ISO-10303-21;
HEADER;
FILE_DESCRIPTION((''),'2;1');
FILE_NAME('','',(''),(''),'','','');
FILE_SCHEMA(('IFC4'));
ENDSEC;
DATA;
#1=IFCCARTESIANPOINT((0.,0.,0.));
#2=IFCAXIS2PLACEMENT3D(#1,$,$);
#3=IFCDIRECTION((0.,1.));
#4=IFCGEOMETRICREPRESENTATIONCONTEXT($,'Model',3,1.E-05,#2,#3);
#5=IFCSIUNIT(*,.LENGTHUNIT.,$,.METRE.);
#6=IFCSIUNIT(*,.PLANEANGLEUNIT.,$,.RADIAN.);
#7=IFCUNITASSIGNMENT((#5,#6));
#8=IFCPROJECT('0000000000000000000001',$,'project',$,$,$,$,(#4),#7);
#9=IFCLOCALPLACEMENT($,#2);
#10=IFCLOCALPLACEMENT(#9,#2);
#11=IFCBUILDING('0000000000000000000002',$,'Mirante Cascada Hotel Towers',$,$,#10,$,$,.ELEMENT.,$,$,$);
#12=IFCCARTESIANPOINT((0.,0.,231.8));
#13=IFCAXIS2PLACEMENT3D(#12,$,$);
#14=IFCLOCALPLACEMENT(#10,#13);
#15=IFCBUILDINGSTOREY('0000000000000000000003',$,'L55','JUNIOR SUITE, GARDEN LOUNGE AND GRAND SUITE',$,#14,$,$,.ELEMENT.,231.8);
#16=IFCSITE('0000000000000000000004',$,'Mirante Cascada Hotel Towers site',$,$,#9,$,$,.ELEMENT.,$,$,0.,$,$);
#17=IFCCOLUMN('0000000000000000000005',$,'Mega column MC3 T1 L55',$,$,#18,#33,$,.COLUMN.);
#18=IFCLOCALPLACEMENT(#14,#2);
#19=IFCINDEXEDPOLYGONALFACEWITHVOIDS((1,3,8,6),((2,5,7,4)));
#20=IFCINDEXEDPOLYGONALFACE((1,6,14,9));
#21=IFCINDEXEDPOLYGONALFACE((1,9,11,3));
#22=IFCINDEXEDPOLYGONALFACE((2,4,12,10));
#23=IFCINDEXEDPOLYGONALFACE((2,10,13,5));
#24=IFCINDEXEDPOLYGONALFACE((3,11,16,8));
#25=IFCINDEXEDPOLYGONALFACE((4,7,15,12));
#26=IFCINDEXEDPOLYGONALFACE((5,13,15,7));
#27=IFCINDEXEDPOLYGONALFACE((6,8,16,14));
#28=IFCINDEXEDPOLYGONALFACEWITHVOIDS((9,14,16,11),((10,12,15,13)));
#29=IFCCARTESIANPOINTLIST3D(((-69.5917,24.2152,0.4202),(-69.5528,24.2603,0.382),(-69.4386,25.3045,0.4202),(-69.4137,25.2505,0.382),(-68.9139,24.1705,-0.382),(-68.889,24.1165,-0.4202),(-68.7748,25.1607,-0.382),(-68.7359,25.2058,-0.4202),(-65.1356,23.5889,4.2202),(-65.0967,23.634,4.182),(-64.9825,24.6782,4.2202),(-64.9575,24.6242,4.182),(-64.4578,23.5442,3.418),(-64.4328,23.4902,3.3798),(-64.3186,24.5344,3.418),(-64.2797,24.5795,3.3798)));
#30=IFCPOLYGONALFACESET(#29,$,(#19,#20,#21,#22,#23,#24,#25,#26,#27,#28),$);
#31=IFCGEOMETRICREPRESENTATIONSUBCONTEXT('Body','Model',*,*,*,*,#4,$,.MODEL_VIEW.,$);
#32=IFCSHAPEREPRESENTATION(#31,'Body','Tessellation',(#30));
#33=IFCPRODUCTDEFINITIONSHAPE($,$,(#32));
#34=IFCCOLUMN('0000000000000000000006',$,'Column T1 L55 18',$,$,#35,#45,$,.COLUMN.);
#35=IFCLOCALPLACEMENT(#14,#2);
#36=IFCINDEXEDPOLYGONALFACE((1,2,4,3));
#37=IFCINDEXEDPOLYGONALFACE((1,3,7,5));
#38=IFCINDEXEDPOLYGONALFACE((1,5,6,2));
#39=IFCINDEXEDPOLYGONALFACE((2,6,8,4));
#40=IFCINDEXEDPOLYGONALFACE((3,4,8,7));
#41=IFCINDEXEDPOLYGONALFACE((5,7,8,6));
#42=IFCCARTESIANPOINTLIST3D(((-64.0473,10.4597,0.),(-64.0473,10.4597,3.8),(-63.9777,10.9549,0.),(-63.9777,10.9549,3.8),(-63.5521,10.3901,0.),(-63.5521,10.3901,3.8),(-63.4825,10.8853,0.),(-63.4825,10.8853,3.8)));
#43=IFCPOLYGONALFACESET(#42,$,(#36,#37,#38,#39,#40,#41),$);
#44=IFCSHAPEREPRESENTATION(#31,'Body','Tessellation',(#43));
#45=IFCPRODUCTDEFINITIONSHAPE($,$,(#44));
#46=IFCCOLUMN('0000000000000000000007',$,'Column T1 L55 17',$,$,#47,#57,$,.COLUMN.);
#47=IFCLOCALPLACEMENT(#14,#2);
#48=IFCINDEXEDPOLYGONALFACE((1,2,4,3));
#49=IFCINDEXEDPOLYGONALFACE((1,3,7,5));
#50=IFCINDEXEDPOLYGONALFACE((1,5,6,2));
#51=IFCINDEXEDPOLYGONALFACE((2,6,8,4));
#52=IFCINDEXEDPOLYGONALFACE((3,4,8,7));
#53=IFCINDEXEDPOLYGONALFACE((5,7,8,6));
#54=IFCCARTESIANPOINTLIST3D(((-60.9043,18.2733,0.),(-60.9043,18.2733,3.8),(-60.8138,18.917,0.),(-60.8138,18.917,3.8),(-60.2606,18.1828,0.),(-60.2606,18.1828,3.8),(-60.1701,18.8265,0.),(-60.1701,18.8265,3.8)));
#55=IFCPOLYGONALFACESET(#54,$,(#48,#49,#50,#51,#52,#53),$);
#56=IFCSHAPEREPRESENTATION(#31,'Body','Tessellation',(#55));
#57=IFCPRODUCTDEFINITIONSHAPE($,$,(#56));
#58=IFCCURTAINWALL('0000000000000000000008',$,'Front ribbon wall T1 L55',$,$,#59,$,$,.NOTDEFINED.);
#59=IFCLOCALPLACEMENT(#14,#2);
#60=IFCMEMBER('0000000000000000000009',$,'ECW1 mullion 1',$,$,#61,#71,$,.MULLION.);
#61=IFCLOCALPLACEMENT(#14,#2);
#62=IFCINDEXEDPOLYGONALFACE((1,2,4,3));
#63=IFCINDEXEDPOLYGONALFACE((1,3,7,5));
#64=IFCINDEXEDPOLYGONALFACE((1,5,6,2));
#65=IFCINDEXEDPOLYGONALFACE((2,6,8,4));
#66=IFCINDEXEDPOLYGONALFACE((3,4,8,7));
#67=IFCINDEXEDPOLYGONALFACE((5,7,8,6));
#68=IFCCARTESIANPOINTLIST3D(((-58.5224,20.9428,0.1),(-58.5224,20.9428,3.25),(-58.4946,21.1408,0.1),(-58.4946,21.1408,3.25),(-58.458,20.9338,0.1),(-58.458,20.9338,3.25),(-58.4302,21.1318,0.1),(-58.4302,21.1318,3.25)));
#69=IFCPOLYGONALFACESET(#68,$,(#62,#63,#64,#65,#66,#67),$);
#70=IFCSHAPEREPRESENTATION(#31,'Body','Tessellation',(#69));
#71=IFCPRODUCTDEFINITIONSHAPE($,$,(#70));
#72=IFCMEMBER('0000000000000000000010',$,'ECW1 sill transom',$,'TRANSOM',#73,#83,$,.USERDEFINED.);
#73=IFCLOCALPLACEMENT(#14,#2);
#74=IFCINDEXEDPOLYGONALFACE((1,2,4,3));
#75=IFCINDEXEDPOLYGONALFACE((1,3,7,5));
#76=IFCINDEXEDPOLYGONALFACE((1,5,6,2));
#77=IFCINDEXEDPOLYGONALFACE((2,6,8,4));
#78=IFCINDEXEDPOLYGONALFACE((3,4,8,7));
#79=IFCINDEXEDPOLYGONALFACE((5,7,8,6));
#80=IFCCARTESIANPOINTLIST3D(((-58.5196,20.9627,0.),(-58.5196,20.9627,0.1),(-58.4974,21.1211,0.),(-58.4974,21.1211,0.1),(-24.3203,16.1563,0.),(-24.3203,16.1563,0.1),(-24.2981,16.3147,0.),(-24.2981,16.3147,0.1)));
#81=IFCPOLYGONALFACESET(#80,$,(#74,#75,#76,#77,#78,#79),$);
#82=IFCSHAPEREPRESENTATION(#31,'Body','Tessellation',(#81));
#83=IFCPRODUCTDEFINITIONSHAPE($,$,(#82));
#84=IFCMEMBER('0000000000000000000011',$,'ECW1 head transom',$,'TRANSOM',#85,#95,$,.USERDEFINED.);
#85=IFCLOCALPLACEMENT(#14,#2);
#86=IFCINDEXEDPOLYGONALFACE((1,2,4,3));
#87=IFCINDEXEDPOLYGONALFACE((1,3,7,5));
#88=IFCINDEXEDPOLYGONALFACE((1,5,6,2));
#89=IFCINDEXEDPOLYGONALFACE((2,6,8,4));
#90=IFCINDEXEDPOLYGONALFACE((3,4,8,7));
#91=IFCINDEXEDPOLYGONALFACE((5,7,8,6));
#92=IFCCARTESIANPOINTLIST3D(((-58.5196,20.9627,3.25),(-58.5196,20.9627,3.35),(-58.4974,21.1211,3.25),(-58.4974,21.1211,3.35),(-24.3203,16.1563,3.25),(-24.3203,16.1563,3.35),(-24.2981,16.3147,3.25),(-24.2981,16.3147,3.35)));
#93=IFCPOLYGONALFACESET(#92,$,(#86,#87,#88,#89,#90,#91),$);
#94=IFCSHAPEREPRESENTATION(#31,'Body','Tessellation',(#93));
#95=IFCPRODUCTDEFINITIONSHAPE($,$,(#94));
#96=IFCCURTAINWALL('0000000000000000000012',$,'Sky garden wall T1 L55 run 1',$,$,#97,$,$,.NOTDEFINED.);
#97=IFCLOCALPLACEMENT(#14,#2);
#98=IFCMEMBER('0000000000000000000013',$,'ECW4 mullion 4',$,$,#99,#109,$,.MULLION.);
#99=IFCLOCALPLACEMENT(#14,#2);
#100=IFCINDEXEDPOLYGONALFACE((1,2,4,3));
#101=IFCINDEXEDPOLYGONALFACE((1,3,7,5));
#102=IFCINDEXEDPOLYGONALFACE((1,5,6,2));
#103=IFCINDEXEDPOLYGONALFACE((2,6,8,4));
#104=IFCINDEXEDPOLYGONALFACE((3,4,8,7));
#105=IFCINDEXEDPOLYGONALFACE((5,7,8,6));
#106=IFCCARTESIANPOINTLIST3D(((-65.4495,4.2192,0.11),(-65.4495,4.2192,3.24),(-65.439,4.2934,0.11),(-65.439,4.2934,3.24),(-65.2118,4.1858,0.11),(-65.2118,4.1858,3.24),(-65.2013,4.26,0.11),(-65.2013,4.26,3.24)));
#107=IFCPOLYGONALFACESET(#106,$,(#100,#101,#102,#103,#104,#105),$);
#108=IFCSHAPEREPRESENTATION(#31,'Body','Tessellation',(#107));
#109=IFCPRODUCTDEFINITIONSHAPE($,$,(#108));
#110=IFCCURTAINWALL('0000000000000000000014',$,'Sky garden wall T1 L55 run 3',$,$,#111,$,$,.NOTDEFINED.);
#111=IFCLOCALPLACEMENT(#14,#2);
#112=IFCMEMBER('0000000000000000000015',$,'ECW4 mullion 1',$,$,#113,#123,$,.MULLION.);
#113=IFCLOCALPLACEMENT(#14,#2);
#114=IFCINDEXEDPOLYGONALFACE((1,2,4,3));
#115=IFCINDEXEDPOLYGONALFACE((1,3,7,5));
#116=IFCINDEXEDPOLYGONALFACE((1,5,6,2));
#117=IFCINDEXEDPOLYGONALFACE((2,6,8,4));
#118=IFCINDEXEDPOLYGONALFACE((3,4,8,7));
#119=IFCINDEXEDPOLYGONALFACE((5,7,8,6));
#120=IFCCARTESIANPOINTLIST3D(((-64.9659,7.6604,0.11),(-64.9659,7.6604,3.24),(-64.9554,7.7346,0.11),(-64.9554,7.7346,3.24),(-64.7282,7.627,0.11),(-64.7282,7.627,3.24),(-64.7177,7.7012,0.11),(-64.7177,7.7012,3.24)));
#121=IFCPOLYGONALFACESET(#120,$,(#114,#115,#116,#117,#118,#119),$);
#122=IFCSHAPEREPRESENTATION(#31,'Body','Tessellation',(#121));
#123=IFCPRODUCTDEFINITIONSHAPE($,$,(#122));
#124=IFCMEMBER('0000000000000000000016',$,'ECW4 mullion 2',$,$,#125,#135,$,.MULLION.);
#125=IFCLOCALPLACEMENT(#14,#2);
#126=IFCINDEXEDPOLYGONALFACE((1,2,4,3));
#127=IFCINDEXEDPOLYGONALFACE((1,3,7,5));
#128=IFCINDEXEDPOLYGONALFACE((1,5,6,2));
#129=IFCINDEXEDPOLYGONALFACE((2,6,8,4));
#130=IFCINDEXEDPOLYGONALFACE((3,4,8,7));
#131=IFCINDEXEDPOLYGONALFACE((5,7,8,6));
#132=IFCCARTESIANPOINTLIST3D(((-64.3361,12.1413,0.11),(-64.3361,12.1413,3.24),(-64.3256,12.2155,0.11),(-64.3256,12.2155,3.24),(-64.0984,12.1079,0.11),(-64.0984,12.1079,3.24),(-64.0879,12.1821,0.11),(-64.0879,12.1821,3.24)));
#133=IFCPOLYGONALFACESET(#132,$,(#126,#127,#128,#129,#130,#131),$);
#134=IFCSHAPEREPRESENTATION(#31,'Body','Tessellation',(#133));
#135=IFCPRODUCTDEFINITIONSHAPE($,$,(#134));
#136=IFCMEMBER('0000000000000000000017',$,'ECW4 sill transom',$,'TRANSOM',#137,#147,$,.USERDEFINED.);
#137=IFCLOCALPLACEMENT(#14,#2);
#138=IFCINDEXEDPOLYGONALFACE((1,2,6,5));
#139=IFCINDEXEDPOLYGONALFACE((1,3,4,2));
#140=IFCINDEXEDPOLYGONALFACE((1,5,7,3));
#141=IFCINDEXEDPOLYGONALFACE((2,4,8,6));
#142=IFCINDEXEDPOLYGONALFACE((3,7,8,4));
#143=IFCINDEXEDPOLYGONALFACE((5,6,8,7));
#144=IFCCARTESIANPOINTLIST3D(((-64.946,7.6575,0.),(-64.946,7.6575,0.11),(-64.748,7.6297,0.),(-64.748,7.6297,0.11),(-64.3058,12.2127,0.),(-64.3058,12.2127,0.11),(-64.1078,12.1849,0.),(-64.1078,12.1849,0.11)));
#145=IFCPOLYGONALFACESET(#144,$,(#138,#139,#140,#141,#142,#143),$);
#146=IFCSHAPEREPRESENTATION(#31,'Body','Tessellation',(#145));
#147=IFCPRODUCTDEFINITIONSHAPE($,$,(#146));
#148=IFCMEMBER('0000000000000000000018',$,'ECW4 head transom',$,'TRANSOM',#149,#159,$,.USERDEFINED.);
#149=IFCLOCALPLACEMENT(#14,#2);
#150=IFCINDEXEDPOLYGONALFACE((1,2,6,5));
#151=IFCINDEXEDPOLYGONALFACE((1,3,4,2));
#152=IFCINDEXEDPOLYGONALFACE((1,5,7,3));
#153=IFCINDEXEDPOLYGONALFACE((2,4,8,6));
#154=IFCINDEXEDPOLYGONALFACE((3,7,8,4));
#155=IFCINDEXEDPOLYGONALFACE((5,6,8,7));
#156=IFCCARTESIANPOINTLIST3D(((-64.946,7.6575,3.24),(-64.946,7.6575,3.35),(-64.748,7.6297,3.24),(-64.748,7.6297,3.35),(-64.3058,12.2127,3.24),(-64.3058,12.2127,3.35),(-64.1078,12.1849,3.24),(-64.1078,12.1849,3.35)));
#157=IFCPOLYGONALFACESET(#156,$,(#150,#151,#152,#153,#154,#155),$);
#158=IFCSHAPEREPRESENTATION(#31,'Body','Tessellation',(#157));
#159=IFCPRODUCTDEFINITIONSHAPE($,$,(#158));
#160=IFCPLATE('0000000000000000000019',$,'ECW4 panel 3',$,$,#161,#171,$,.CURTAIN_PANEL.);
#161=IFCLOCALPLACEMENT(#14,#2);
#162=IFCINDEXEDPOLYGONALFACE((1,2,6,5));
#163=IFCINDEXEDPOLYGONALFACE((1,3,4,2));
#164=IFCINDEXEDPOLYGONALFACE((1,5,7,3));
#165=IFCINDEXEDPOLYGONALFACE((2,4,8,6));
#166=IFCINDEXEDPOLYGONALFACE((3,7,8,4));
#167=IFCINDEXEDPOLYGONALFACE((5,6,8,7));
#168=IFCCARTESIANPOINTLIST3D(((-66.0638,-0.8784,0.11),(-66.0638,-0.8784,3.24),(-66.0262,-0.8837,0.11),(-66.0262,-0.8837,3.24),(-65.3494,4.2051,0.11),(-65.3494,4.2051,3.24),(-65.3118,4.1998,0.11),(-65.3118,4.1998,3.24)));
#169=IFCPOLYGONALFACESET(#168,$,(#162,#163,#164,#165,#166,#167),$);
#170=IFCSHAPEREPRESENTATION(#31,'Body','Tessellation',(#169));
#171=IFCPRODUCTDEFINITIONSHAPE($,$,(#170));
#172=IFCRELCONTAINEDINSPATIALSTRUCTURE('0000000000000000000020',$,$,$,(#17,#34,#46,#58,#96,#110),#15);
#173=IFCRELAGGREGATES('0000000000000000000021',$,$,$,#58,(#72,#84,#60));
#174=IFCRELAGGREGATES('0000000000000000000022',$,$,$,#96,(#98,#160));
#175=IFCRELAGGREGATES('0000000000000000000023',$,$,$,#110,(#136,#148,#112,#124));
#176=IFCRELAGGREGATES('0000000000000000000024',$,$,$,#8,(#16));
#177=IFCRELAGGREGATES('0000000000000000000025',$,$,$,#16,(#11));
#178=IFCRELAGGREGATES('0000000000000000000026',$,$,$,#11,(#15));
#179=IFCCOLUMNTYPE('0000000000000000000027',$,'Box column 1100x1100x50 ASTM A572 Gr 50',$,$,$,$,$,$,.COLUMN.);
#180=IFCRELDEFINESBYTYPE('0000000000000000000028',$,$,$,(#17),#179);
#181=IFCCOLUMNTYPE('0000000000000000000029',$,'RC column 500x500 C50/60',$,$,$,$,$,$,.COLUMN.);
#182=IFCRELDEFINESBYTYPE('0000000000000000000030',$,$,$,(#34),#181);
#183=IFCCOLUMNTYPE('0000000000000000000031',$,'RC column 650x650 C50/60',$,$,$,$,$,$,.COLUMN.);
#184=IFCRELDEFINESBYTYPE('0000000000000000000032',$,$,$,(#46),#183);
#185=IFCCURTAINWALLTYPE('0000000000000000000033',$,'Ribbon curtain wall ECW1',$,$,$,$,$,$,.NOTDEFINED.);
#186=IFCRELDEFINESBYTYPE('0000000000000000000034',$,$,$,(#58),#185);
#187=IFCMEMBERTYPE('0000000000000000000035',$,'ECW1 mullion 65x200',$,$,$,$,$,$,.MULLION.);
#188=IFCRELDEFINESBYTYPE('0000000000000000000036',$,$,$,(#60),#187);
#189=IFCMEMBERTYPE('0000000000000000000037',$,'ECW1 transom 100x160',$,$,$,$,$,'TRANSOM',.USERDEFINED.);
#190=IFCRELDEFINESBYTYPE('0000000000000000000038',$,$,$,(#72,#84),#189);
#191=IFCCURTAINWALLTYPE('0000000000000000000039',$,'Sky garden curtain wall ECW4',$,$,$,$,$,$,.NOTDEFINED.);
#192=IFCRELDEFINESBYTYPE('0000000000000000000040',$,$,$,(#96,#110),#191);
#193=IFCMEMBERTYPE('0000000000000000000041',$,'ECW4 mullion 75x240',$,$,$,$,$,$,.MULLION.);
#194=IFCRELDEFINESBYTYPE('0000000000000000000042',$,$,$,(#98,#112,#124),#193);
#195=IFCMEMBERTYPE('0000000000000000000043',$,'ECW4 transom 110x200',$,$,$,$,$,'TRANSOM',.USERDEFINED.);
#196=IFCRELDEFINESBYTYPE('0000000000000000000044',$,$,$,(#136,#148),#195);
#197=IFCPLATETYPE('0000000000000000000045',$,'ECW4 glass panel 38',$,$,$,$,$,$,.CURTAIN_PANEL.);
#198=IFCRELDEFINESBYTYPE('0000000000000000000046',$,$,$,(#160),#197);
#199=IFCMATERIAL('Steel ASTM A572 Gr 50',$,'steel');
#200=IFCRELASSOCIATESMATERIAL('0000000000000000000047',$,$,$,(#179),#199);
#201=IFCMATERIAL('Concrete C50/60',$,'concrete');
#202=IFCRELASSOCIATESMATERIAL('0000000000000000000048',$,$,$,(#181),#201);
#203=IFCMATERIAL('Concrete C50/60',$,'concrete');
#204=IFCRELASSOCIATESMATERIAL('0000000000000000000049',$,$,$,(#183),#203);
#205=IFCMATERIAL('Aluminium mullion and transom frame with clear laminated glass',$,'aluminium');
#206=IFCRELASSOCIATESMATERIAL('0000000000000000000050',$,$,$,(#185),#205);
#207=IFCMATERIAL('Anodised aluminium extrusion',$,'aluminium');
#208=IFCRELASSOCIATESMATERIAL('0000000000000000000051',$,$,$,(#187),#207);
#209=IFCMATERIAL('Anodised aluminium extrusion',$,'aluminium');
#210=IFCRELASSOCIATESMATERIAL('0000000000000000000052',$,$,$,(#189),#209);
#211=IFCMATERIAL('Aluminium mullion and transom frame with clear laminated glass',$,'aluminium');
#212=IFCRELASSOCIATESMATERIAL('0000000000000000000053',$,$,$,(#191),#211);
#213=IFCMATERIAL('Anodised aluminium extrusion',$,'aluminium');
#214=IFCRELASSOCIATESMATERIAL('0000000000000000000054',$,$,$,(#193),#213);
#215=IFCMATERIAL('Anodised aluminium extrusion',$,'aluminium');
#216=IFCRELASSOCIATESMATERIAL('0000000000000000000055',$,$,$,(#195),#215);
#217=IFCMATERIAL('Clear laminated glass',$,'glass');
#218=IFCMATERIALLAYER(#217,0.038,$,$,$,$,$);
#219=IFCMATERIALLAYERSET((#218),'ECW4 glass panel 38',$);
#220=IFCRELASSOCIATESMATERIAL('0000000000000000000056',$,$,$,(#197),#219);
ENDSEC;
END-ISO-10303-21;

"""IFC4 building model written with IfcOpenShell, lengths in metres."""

from ifc_helpers import new_model, si_unit, direction, frame, origin, origin_2d, place, context, subcontext, project, spatial, rectangle, hollow_rectangle, extrude, material, layer, layer_set, material_profile, profile_set, type_object, element, aggregate, save


model = new_model("IFC4")

# Units and contexts
model_context = context("Model", 3, precision=1e-05, world=origin(), true_north=direction((0.0, 1.0)))
body_context = subcontext(model_context, "Body", "Model", "MODEL_VIEW")
ifc_project = project(units=[si_unit("LENGTHUNIT", "METRE"), si_unit("PLANEANGLEUNIT", "RADIAN")], contexts=[model_context])

# Site, building, storey
site_placement = place(None, origin())
site = spatial("IfcSite", under=ifc_project, at=site_placement, Name="Mirante Cascada Hotel Towers site", CompositionType="ELEMENT", RefElevation=0.0)
building_placement = place(site_placement, origin())
building = spatial("IfcBuilding", under=site, at=building_placement, Name="Mirante Cascada Hotel Towers", CompositionType="ELEMENT")
storey_placement = place(building_placement, frame((0.0, 0.0, 231.8)))
storey = spatial("IfcBuildingStorey", under=building, at=storey_placement, Name="L55", Description="JUNIOR SUITE, GARDEN LOUNGE AND GRAND SUITE", CompositionType="ELEMENT", Elevation=231.8)

# Columns
ifc_material_1 = material(Name="Steel ASTM A572 Gr 50", Category="steel")
ifc_material_profile_1 = material_profile(ifc_material_1, hollow_rectangle(XDim=1.1, YDim=1.1, WallThickness=0.05, at=origin_2d()), Name="Box column 1100x1100x50 ASTM A572 Gr 50")
ifc_profile_set_1 = profile_set([ifc_material_profile_1], Name="Steel ASTM A572 Gr 50")
column_type_1 = type_object("IfcColumnType", Name="Box column 1100x1100x50 ASTM A572 Gr 50", PredefinedType="COLUMN", material=ifc_profile_set_1)
column_1_placement = place(storey_placement, frame((-69.1638, 24.7105, 0.0), z_axis=(0.756594, -0.106336, 0.645181), x_axis=(0.139178, 0.990267, 0.0)))
element("IfcColumn", 1, at=column_1_placement, inside=storey, type_object=column_type_1, Name="Mega column MC3 T1 L55", PredefinedType="COLUMN", context=body_context, shape_type="SweptSolid", body=[
    extrude(hollow_rectangle(XDim=1.1, YDim=1.1, WallThickness=0.05, at=origin_2d()), origin(), (0.0, 0.0, 1.0), 5.8898),
])
ifc_material_2 = material(Name="Concrete C50/60", Category="concrete")
ifc_material_profile_2 = material_profile(ifc_material_2, rectangle(XDim=0.5, YDim=0.5, at=origin_2d()), Name="RC column 500x500 C50/60")
ifc_profile_set_2 = profile_set([ifc_material_profile_2], Name="Concrete C50/60")
column_type_2 = type_object("IfcColumnType", Name="RC column 500x500 C50/60", PredefinedType="COLUMN", material=ifc_profile_set_2)
column_2_placement = place(storey_placement, frame((-63.7649, 10.6725, 0.0), z_axis=(0.0, 0.0, 1.0), x_axis=(-0.990268, 0.139173, 0.0)))
element("IfcColumn", 2, at=column_2_placement, inside=storey, type_object=column_type_2, Name="Column T1 L55 18", PredefinedType="COLUMN", context=body_context, shape_type="SweptSolid", body=[
    extrude(rectangle(XDim=0.5, YDim=0.5, at=origin_2d()), origin(), (0.0, 0.0, 1.0), 3.8),
])
ifc_material_3 = material(Name="Concrete C50/60", Category="concrete")
ifc_material_profile_3 = material_profile(ifc_material_3, rectangle(XDim=0.65, YDim=0.65, at=origin_2d()), Name="RC column 650x650 C50/60")
ifc_profile_set_3 = profile_set([ifc_material_profile_3], Name="Concrete C50/60")
column_type_3 = type_object("IfcColumnType", Name="RC column 650x650 C50/60", PredefinedType="COLUMN", material=ifc_profile_set_3)
column_3_placement = place(storey_placement, frame((-60.5372, 18.5499, 0.0), z_axis=(0.0, 0.0, 1.0), x_axis=(-0.990268, 0.139173, 0.0)))
element("IfcColumn", 3, at=column_3_placement, inside=storey, type_object=column_type_3, Name="Column T1 L55 17", PredefinedType="COLUMN", context=body_context, shape_type="SweptSolid", body=[
    extrude(rectangle(XDim=0.65, YDim=0.65, at=origin_2d()), origin(), (0.0, 0.0, 1.0), 3.8),
])

# Curtain wall, members
ifc_material_4 = material(Name="Aluminium mullion and transom frame with clear laminated glass", Category="aluminium")
curtain_wall_type_1 = type_object("IfcCurtainWallType", Name="Ribbon curtain wall ECW1", PredefinedType="NOTDEFINED", material=ifc_material_4)
curtain_wall_1_placement = place(storey_placement, origin())
curtain_wall_1 = element("IfcCurtainWall", 4, at=curtain_wall_1_placement, inside=storey, type_object=curtain_wall_type_1, Name="Front ribbon wall T1 L55", PredefinedType="NOTDEFINED")
ifc_material_5 = material(Name="Anodised aluminium extrusion", Category="aluminium")
ifc_material_profile_4 = material_profile(ifc_material_5, rectangle(XDim=0.2, YDim=0.065, at=origin_2d()), Name="ECW1 MULLION 65x200")
ifc_profile_set_4 = profile_set([ifc_material_profile_4], Name="Anodised aluminium extrusion")
member_type_1 = type_object("IfcMemberType", Name="ECW1 mullion 65x200", PredefinedType="MULLION", material=ifc_profile_set_4)
member_1_placement = place(storey_placement, frame((-58.4763, 21.0373, 0.1), z_axis=(0.0, 0.0, 1.0), x_axis=(0.139173, 0.990268, 0.0)))
member_1 = element("IfcMember", 5, at=member_1_placement, type_object=member_type_1, Name="ECW1 mullion 1", PredefinedType="MULLION", context=body_context, shape_type="SweptSolid", body=[
    extrude(rectangle(XDim=0.2, YDim=0.065, at=origin_2d()), origin(), (0.0, 0.0, 1.0), 3.15),
])
ifc_material_6 = material(Name="Anodised aluminium extrusion", Category="aluminium")
ifc_material_profile_5 = material_profile(ifc_material_6, rectangle(XDim=0.16, YDim=0.1, at=origin_2d()), Name="ECW1 TRANSOM 100x160")
ifc_profile_set_5 = profile_set([ifc_material_profile_5], Name="Anodised aluminium extrusion")
member_type_2 = type_object("IfcMemberType", Name="ECW1 transom 100x160", ElementType="TRANSOM", PredefinedType="USERDEFINED", material=ifc_profile_set_5)
member_2_placement = place(storey_placement, frame((-58.5085, 21.0419, 0.05), z_axis=(0.990268, -0.139173, 0.0), x_axis=(0.139173, 0.990268, 0.0)))
member_2 = element("IfcMember", 6, at=member_2_placement, type_object=member_type_2, Name="ECW1 sill transom", ObjectType="TRANSOM", PredefinedType="USERDEFINED", context=body_context, shape_type="SweptSolid", body=[
    extrude(rectangle(XDim=0.16, YDim=0.1, at=origin_2d()), origin(), (0.0, 0.0, 1.0), 34.5354),
])
member_3_placement = place(storey_placement, frame((-58.5085, 21.0419, 3.3), z_axis=(0.990268, -0.139173, 0.0), x_axis=(0.139173, 0.990268, 0.0)))
member_3 = element("IfcMember", 7, at=member_3_placement, type_object=member_type_2, Name="ECW1 head transom", ObjectType="TRANSOM", PredefinedType="USERDEFINED", context=body_context, shape_type="SweptSolid", body=[
    extrude(rectangle(XDim=0.16, YDim=0.1, at=origin_2d()), origin(), (0.0, 0.0, 1.0), 34.5354),
])
aggregate(curtain_wall_1, [member_2, member_3, member_1])

# Curtain wall, member
ifc_material_7 = material(Name="Aluminium mullion and transom frame with clear laminated glass", Category="aluminium")
curtain_wall_type_2 = type_object("IfcCurtainWallType", Name="Sky garden curtain wall ECW4", PredefinedType="NOTDEFINED", material=ifc_material_7)
curtain_wall_2_placement = place(storey_placement, origin())
curtain_wall_2 = element("IfcCurtainWall", 8, at=curtain_wall_2_placement, inside=storey, type_object=curtain_wall_type_2, Name="Sky garden wall T1 L55 run 1", PredefinedType="NOTDEFINED")
ifc_material_8 = material(Name="Anodised aluminium extrusion", Category="aluminium")
ifc_material_profile_6 = material_profile(ifc_material_8, rectangle(XDim=0.24, YDim=0.075, at=origin_2d()), Name="ECW4 MULLION 75x240")
ifc_profile_set_6 = profile_set([ifc_material_profile_6], Name="Anodised aluminium extrusion")
member_type_3 = type_object("IfcMemberType", Name="ECW4 mullion 75x240", PredefinedType="MULLION", material=ifc_profile_set_6)
member_4_placement = place(storey_placement, frame((-65.3254, 4.2396, 0.11), z_axis=(0.0, 0.0, 1.0), x_axis=(-0.990268, 0.139173, 0.0)))
member_4 = element("IfcMember", 9, at=member_4_placement, type_object=member_type_3, Name="ECW4 mullion 4", PredefinedType="MULLION", context=body_context, shape_type="SweptSolid", body=[
    extrude(rectangle(XDim=0.24, YDim=0.075, at=origin_2d()), origin(), (0.0, 0.0, 1.0), 3.13),
])

# Curtain wall, members
curtain_wall_3_placement = place(storey_placement, origin())
curtain_wall_3 = element("IfcCurtainWall", 10, at=curtain_wall_3_placement, inside=storey, type_object=curtain_wall_type_2, Name="Sky garden wall T1 L55 run 3", PredefinedType="NOTDEFINED")
member_5_placement = place(storey_placement, frame((-64.8418, 7.6808, 0.11), z_axis=(0.0, 0.0, 1.0), x_axis=(-0.990268, 0.139173, 0.0)))
member_5 = element("IfcMember", 11, at=member_5_placement, type_object=member_type_3, Name="ECW4 mullion 1", PredefinedType="MULLION", context=body_context, shape_type="SweptSolid", body=[
    extrude(rectangle(XDim=0.24, YDim=0.075, at=origin_2d()), origin(), (0.0, 0.0, 1.0), 3.13),
])
member_6_placement = place(storey_placement, frame((-64.212, 12.1617, 0.11), z_axis=(0.0, 0.0, 1.0), x_axis=(-0.990268, 0.139173, 0.0)))
member_6 = element("IfcMember", 12, at=member_6_placement, type_object=member_type_3, Name="ECW4 mullion 2", PredefinedType="MULLION", context=body_context, shape_type="SweptSolid", body=[
    extrude(rectangle(XDim=0.24, YDim=0.075, at=origin_2d()), origin(), (0.0, 0.0, 1.0), 3.13),
])
ifc_material_9 = material(Name="Anodised aluminium extrusion", Category="aluminium")
ifc_material_profile_7 = material_profile(ifc_material_9, rectangle(XDim=0.2, YDim=0.11, at=origin_2d()), Name="ECW4 TRANSOM 110x200")
ifc_profile_set_7 = profile_set([ifc_material_profile_7], Name="Anodised aluminium extrusion")
member_type_4 = type_object("IfcMemberType", Name="ECW4 transom 110x200", ElementType="TRANSOM", PredefinedType="USERDEFINED", material=ifc_profile_set_7)
member_7_placement = place(storey_placement, frame((-64.847, 7.6436, 0.055), z_axis=(0.139175, 0.990268, 0.0), x_axis=(-0.990268, 0.139175, 0.0)))
member_7 = element("IfcMember", 13, at=member_7_placement, type_object=member_type_4, Name="ECW4 sill transom", ObjectType="TRANSOM", PredefinedType="USERDEFINED", context=body_context, shape_type="SweptSolid", body=[
    extrude(rectangle(XDim=0.2, YDim=0.11, at=origin_2d()), origin(), (0.0, 0.0, 1.0), 4.6),
])
member_8_placement = place(storey_placement, frame((-64.847, 7.6436, 3.295), z_axis=(0.139175, 0.990268, 0.0), x_axis=(-0.990268, 0.139175, 0.0)))
member_8 = element("IfcMember", 14, at=member_8_placement, type_object=member_type_4, Name="ECW4 head transom", ObjectType="TRANSOM", PredefinedType="USERDEFINED", context=body_context, shape_type="SweptSolid", body=[
    extrude(rectangle(XDim=0.2, YDim=0.11, at=origin_2d()), origin(), (0.0, 0.0, 1.0), 4.6),
])

# Plate
ifc_material_10 = material(Name="Clear laminated glass", Category="glass")
ifc_layer_1 = layer(ifc_material_10, 0.038)
ifc_layer_set_1 = layer_set([ifc_layer_1], Name="ECW4 glass panel 38")
plate_type = type_object("IfcPlateType", Name="ECW4 glass panel 38", PredefinedType="CURTAIN_PANEL", material=ifc_layer_set_1)
plate_1_placement = place(storey_placement, frame((-65.6878, 1.6607, 0.11), z_axis=(0.0, 0.0, 1.0), x_axis=(0.139173, 0.990268, 0.0)))
plate_1 = element("IfcPlate", 15, at=plate_1_placement, type_object=plate_type, Name="ECW4 panel 3", PredefinedType="CURTAIN_PANEL", context=body_context, shape_type="SweptSolid", body=[
    extrude(rectangle(XDim=5.1335, YDim=0.038, at=origin_2d()), origin(), (0.0, 0.0, 1.0), 3.13),
])
aggregate(curtain_wall_2, [member_4, plate_1])
aggregate(curtain_wall_3, [member_7, member_8, member_5, member_6])

save(model, "model.ifc")
